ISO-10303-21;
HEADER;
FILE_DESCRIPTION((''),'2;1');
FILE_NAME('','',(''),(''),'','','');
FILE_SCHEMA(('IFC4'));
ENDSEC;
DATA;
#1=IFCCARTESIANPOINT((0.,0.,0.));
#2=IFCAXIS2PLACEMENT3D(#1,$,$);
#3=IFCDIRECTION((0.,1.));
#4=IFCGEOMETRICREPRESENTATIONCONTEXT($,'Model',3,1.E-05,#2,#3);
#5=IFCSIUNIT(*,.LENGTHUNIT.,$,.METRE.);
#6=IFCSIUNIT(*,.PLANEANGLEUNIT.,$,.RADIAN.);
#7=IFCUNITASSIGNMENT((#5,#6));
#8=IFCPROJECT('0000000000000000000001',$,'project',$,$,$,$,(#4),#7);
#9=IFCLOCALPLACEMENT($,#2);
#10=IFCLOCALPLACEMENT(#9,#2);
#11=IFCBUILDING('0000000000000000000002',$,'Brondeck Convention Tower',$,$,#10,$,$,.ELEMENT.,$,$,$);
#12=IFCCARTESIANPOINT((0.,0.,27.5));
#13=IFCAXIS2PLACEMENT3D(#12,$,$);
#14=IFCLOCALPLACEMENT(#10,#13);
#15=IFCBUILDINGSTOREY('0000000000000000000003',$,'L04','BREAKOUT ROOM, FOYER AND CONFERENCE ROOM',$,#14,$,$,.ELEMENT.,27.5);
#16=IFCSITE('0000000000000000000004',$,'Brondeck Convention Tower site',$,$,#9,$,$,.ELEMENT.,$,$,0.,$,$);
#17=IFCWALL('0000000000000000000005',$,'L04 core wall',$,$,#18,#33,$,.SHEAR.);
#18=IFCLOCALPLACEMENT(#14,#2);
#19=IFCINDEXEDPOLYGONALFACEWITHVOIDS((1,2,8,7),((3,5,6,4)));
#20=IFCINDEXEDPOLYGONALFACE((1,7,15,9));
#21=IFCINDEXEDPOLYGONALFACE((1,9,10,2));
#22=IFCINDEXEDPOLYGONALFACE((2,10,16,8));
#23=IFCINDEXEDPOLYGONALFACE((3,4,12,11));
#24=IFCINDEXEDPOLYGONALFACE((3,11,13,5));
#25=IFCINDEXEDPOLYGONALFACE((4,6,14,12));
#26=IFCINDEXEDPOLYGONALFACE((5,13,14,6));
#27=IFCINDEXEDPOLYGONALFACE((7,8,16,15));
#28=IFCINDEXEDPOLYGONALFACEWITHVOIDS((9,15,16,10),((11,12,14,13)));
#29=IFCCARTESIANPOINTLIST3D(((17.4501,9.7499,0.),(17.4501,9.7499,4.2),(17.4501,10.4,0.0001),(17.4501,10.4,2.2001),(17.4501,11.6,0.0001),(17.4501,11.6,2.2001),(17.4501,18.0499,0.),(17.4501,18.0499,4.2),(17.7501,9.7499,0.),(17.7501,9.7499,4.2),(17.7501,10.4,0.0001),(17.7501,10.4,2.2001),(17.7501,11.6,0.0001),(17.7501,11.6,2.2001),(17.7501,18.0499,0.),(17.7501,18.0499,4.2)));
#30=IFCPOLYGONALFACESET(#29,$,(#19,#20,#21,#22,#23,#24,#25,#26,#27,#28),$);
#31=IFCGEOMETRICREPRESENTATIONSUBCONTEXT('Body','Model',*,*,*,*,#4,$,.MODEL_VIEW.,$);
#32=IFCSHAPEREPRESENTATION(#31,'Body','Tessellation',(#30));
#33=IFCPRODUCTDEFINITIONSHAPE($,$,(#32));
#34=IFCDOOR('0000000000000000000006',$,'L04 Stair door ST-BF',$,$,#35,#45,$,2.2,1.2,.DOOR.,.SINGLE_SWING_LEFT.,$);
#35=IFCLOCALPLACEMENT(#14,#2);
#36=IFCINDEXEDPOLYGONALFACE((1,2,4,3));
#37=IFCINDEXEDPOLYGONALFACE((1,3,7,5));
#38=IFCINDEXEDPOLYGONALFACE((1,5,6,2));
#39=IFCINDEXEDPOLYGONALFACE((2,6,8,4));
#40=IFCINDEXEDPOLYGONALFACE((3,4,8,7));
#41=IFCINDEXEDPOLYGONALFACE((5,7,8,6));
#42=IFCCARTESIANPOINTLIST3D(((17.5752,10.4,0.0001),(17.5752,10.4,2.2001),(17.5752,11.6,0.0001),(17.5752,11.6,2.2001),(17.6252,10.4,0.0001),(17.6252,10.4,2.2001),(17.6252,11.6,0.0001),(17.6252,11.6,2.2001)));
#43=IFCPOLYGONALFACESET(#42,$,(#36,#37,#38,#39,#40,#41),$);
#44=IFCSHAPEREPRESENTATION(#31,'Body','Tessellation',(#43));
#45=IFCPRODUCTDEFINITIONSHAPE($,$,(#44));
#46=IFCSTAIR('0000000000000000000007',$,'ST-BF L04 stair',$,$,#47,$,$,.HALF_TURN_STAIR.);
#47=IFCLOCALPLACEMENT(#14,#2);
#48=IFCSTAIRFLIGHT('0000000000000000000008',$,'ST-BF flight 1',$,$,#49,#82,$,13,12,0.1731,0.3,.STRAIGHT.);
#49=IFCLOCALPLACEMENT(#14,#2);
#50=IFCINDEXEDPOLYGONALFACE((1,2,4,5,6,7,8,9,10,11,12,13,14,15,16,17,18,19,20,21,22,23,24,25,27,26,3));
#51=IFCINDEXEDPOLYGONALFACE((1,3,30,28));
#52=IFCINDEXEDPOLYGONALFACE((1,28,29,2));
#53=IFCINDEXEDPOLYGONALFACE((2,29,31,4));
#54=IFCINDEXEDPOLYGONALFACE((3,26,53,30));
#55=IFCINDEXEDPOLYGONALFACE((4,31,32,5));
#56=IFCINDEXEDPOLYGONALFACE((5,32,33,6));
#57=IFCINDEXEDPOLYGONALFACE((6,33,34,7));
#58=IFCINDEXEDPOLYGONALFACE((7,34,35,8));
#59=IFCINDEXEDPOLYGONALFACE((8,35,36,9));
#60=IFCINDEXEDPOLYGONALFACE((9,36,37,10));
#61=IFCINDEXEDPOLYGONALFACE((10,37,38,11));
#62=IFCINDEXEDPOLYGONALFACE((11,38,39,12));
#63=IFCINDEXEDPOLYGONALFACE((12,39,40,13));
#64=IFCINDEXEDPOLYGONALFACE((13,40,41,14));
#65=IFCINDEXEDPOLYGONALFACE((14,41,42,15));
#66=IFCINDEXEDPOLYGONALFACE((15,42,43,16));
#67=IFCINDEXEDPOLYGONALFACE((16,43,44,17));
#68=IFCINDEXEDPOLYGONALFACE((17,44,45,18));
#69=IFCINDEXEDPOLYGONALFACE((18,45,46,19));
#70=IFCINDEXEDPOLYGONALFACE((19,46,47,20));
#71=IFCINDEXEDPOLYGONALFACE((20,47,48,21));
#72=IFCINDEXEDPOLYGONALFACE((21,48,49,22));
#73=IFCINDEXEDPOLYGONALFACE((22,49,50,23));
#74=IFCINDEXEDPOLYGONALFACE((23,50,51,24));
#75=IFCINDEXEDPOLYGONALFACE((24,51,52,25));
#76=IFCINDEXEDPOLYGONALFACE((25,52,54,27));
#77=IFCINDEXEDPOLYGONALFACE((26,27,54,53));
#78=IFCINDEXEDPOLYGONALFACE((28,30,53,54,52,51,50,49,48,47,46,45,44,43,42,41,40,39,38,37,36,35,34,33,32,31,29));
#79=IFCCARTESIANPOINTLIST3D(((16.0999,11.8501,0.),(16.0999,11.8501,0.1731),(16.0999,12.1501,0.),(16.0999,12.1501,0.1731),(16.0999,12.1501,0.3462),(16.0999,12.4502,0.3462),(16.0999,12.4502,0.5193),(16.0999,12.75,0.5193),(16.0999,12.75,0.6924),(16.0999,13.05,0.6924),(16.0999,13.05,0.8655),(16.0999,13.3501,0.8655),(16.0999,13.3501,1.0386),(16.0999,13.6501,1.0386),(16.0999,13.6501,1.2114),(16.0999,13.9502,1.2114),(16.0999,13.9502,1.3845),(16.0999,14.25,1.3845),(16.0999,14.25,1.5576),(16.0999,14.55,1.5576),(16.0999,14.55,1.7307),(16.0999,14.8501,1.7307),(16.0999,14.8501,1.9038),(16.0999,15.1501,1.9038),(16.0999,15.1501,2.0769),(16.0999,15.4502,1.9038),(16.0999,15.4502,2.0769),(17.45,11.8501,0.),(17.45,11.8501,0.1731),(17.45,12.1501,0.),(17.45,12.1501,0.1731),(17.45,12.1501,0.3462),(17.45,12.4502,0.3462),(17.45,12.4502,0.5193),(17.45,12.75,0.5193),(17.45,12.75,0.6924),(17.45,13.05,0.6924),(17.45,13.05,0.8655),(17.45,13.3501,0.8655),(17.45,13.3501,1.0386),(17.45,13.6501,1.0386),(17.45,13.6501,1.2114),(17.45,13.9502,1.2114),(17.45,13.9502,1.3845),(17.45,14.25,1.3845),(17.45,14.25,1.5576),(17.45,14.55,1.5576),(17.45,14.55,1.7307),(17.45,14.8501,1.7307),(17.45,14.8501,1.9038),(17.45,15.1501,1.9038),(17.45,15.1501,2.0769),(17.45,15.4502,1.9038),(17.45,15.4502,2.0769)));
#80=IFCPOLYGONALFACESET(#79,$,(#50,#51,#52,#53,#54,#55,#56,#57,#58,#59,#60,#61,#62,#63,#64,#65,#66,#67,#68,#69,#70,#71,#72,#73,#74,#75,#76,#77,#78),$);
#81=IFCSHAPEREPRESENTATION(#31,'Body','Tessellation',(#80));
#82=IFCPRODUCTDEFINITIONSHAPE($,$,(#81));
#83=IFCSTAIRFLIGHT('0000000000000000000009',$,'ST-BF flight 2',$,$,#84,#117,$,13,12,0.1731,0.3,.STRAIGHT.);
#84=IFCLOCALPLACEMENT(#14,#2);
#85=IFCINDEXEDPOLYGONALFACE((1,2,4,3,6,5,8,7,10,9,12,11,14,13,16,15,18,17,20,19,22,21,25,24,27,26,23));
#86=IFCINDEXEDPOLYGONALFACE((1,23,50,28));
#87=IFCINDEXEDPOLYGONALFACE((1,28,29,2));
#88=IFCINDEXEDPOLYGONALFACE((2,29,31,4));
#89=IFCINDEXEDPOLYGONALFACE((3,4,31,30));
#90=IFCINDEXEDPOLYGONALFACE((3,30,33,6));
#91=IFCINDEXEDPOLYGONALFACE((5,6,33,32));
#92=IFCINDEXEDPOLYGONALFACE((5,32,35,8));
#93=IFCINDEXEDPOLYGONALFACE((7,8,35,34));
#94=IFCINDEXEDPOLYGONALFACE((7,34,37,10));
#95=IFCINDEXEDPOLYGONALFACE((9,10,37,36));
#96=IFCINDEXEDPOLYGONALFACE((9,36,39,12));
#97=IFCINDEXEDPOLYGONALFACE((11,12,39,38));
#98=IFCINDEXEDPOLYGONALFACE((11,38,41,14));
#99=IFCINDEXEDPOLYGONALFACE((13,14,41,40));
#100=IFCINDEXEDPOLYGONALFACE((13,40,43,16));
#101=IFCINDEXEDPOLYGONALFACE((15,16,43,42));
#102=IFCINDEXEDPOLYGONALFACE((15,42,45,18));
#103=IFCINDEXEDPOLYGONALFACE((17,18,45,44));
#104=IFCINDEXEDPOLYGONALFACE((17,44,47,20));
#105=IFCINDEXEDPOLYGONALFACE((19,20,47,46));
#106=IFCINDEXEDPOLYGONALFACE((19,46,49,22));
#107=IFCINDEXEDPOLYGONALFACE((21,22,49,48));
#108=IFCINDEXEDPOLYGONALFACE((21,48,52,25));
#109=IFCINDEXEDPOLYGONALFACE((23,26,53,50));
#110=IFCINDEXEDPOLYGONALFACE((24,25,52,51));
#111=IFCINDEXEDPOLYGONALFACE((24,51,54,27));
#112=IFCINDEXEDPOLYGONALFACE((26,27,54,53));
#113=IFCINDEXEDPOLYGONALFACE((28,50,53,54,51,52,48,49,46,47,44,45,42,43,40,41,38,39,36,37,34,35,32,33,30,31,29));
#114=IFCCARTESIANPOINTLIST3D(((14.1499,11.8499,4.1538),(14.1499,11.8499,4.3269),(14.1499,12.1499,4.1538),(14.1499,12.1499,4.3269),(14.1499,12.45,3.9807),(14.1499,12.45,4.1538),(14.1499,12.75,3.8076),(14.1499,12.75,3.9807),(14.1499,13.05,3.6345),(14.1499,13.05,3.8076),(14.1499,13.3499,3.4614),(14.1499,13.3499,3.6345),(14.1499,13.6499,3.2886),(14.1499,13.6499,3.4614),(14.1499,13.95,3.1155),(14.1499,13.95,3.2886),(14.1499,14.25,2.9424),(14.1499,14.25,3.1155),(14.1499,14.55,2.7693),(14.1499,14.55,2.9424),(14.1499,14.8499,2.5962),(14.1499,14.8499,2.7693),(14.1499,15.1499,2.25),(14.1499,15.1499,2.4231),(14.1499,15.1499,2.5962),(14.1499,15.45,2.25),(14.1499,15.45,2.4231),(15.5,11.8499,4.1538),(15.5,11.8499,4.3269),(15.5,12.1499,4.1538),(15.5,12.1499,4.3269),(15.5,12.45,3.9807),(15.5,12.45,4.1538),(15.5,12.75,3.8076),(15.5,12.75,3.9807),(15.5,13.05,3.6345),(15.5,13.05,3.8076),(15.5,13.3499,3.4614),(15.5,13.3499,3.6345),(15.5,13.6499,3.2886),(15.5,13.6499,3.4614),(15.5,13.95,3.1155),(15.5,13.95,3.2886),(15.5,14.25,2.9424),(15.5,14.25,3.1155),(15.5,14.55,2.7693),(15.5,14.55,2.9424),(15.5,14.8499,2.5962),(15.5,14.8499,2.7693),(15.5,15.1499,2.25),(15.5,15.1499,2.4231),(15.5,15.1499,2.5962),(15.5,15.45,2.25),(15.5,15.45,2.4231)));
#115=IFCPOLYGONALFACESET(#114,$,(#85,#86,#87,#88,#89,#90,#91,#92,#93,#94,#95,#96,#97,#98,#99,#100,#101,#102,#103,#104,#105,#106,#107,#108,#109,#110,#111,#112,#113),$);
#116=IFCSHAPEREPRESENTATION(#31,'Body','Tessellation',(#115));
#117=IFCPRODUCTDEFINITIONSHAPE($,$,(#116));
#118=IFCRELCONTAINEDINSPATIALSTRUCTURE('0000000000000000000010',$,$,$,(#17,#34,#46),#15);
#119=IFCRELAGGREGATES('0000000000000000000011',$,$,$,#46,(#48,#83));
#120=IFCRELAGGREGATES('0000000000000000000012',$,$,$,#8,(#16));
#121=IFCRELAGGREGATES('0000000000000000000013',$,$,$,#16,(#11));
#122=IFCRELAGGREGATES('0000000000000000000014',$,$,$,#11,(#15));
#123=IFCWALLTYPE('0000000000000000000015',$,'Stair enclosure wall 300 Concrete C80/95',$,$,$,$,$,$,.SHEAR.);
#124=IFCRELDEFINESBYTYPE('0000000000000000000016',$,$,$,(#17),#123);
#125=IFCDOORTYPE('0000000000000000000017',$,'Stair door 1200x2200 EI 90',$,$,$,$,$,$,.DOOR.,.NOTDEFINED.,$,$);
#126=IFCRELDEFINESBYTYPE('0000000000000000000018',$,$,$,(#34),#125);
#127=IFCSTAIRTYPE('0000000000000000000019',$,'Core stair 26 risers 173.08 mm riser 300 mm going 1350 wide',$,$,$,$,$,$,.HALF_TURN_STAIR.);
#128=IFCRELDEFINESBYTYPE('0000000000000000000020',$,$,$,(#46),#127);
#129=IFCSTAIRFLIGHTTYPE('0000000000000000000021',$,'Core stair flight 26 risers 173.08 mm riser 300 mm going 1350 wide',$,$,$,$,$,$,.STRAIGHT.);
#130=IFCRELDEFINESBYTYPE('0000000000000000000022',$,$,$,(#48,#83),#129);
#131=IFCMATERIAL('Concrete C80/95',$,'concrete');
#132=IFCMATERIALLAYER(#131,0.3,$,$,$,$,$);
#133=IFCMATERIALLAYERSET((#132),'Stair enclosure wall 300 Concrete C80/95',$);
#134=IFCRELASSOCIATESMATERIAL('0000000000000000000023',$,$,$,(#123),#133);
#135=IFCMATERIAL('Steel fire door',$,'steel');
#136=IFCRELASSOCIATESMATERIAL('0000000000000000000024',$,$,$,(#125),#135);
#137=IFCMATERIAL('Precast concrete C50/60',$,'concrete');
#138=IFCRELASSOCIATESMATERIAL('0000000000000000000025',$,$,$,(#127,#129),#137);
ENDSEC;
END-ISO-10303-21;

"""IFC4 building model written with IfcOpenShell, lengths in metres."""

from ifc_helpers import new_model, si_unit, direction, frame, frame_2d, origin, place, context, subcontext, project, spatial, polyline, rectangle, outline, extrude, material, layer, layer_set, type_object, element, fill, aggregate, save


model = new_model("IFC4")

# Units and contexts
model_context = context("Model", 3, precision=1e-05, world=origin(), true_north=direction((0.0, 1.0)))
body_context = subcontext(model_context, "Body", "Model", "MODEL_VIEW")
ifc_project = project(units=[si_unit("LENGTHUNIT", "METRE"), si_unit("PLANEANGLEUNIT", "RADIAN")], contexts=[model_context])

# Site, building, storey
site_placement = place(None, origin())
site = spatial("IfcSite", under=ifc_project, at=site_placement, Name="Brondeck Convention Tower site", CompositionType="ELEMENT", RefElevation=0.0)
building_placement = place(site_placement, origin())
building = spatial("IfcBuilding", under=site, at=building_placement, Name="Brondeck Convention Tower", CompositionType="ELEMENT")
storey_placement = place(building_placement, frame((0.0, 0.0, 27.5)))
storey = spatial("IfcBuildingStorey", under=building, at=storey_placement, Name="L04", Description="BREAKOUT ROOM, FOYER AND CONFERENCE ROOM", CompositionType="ELEMENT", Elevation=27.5)

# Shared definitions
ifc_material_1 = material(Name="Concrete C80/95", Category="concrete")

# Shared definitions
ifc_layer_1 = layer(ifc_material_1, 0.3)
ifc_layer_set_1 = layer_set([ifc_layer_1], Name="Stair enclosure wall 300 Concrete C80/95")
wall_type_1 = type_object("IfcWallType", Name="Stair enclosure wall 300 Concrete C80/95", PredefinedType="SHEAR", material=ifc_layer_set_1)

# Wall, opening, door
wall_1_placement = place(storey_placement, frame((17.6001, 9.75, 0.0), z_axis=(0.0, 0.0, 1.0), x_axis=(0.0, 1.0, 0.0)))
wall_1 = element("IfcWall", 1, at=wall_1_placement, inside=storey, type_object=wall_type_1, Name="L04 core wall", PredefinedType="SHEAR", context=body_context, shape_type="SweptSolid", body=[
    extrude(rectangle(XDim=8.3, YDim=0.3, at=frame_2d((4.1499, 0.0))), origin(), (0.0, 0.0, 1.0), 4.2),
])
opening_1_placement = place(wall_1_placement, frame((0.6499, 0.0, 0.0)))
opening_1 = element("IfcOpeningElement", 2, at=opening_1_placement, cuts=wall_1, PredefinedType="OPENING", context=body_context, shape_type="SweptSolid", body=[
    extrude(rectangle(XDim=1.2, YDim=2.2, at=frame_2d((0.6001, 1.1001))), frame((0.0, 0.1599, 0.0), z_axis=(0.0, -1.0, 0.0), x_axis=(1.0, 0.0, 0.0)), (0.0, 0.0, 1.0), 0.3201),
])
ifc_material_2 = material(Name="Steel fire door", Category="steel")
door_type_1 = type_object("IfcDoorType", Name="Stair door 1200x2200 EI 90", OperationType="NOTDEFINED", PredefinedType="DOOR", material=ifc_material_2)
door_1_placement = place(opening_1_placement, origin())
door_1 = element("IfcDoor", 3, at=door_1_placement, inside=storey, type_object=door_type_1, Name="L04 Stair door ST-BF", OperationType="SINGLE_SWING_LEFT", OverallHeight=2.2, OverallWidth=1.2, PredefinedType="DOOR", context=body_context, shape_type="SweptSolid", body=[
    extrude(rectangle(XDim=1.2, YDim=2.2, at=frame_2d((0.6001, 1.1001))), frame((0.0, 0.0249, 0.0), z_axis=(0.0, -1.0, 0.0), x_axis=(1.0, 0.0, 0.0)), (0.0, 0.0, 1.0), 0.05),
])
fill(opening_1, door_1)

# Stair, stair flights
ifc_material_3 = material(Name="Precast concrete C50/60", Category="concrete")
stair_type = type_object("IfcStairType", Name="Core stair 26 risers 173.08 mm riser 300 mm going 1350 wide", PredefinedType="HALF_TURN_STAIR", material=ifc_material_3)
stair_placement = place(storey_placement, origin())
stair = element("IfcStair", 4, at=stair_placement, inside=storey, type_object=stair_type, Name="ST-BF L04 stair", PredefinedType="HALF_TURN_STAIR")
stair_flight_type = type_object("IfcStairFlightType", Name="Core stair flight 26 risers 173.08 mm riser 300 mm going 1350 wide", PredefinedType="STRAIGHT", material=ifc_material_3)
stair_flight_1_placement = place(storey_placement, frame((16.7749, 11.8501, 0.0), z_axis=(0.0, 0.0, 1.0), x_axis=(0.0, 1.0, 0.0)))
stair_flight_1 = element("IfcStairFlight", 5, at=stair_flight_1_placement, type_object=stair_flight_type, Name="ST-BF flight 1", NumberOfRisers=13, NumberOfTreads=12, PredefinedType="STRAIGHT", RiserHeight=0.1731, TreadLength=0.3, context=body_context, shape_type="SweptSolid", body=[
    extrude(outline(polyline([(0.0, 0.0), (0.0, 0.1731), (0.3, 0.1731), (0.3, 0.3462), (0.6001, 0.3462), (0.6001, 0.5193), (0.8999, 0.5193), (0.8999, 0.6924), (1.2, 0.6924), (1.2, 0.8655), (1.5, 0.8655), (1.5, 1.0386), (1.8, 1.0386), (1.8, 1.2114), (2.1001, 1.2114), (2.1001, 1.3845), (2.3999, 1.3845), (2.3999, 1.5576), (2.7, 1.5576), (2.7, 1.7307), (3.0, 1.7307), (3.0, 1.9038), (3.3, 1.9038), (3.3, 2.0769), (3.6001, 2.0769), (3.6001, 2.25), (3.6001, 1.9038), (0.3, 0.0), (0.0, 0.0)])), frame((0.0, 0.675, 0.0), z_axis=(0.0, -1.0, 0.0), x_axis=(1.0, 0.0, 0.0)), (0.0, 0.0, 1.0), 1.3501),
])
stair_flight_2_placement = place(storey_placement, frame((14.825, 15.45, 2.25), z_axis=(0.0, 0.0, 1.0), x_axis=(0.0, -1.0, 0.0)))
stair_flight_2 = element("IfcStairFlight", 6, at=stair_flight_2_placement, type_object=stair_flight_type, Name="ST-BF flight 2", NumberOfRisers=13, NumberOfTreads=12, PredefinedType="STRAIGHT", RiserHeight=0.1731, TreadLength=0.3, context=body_context, shape_type="SweptSolid", body=[
    extrude(outline(polyline([(0.0, 0.0), (0.0, 0.1731), (0.3, 0.1731), (0.3, 0.3462), (0.6001, 0.3462), (0.6001, 0.5193), (0.8999, 0.5193), (0.8999, 0.6924), (1.2, 0.6924), (1.2, 0.8655), (1.5, 0.8655), (1.5, 1.0386), (1.8, 1.0386), (1.8, 1.2114), (2.1001, 1.2114), (2.1001, 1.3845), (2.3999, 1.3845), (2.3999, 1.5576), (2.7, 1.5576), (2.7, 1.7307), (3.0, 1.7307), (3.0, 1.9038), (3.3, 1.9038), (3.3, 2.0769), (3.6001, 2.0769), (3.6001, 2.25), (3.6001, 1.9038), (0.3, 0.0), (0.0, 0.0)])), frame((0.0, 0.675, 0.0), z_axis=(0.0, -1.0, 0.0), x_axis=(1.0, 0.0, 0.0)), (0.0, 0.0, 1.0), 1.3501),
])
aggregate(stair, [stair_flight_1, stair_flight_2])

save(model, "model.ifc")
